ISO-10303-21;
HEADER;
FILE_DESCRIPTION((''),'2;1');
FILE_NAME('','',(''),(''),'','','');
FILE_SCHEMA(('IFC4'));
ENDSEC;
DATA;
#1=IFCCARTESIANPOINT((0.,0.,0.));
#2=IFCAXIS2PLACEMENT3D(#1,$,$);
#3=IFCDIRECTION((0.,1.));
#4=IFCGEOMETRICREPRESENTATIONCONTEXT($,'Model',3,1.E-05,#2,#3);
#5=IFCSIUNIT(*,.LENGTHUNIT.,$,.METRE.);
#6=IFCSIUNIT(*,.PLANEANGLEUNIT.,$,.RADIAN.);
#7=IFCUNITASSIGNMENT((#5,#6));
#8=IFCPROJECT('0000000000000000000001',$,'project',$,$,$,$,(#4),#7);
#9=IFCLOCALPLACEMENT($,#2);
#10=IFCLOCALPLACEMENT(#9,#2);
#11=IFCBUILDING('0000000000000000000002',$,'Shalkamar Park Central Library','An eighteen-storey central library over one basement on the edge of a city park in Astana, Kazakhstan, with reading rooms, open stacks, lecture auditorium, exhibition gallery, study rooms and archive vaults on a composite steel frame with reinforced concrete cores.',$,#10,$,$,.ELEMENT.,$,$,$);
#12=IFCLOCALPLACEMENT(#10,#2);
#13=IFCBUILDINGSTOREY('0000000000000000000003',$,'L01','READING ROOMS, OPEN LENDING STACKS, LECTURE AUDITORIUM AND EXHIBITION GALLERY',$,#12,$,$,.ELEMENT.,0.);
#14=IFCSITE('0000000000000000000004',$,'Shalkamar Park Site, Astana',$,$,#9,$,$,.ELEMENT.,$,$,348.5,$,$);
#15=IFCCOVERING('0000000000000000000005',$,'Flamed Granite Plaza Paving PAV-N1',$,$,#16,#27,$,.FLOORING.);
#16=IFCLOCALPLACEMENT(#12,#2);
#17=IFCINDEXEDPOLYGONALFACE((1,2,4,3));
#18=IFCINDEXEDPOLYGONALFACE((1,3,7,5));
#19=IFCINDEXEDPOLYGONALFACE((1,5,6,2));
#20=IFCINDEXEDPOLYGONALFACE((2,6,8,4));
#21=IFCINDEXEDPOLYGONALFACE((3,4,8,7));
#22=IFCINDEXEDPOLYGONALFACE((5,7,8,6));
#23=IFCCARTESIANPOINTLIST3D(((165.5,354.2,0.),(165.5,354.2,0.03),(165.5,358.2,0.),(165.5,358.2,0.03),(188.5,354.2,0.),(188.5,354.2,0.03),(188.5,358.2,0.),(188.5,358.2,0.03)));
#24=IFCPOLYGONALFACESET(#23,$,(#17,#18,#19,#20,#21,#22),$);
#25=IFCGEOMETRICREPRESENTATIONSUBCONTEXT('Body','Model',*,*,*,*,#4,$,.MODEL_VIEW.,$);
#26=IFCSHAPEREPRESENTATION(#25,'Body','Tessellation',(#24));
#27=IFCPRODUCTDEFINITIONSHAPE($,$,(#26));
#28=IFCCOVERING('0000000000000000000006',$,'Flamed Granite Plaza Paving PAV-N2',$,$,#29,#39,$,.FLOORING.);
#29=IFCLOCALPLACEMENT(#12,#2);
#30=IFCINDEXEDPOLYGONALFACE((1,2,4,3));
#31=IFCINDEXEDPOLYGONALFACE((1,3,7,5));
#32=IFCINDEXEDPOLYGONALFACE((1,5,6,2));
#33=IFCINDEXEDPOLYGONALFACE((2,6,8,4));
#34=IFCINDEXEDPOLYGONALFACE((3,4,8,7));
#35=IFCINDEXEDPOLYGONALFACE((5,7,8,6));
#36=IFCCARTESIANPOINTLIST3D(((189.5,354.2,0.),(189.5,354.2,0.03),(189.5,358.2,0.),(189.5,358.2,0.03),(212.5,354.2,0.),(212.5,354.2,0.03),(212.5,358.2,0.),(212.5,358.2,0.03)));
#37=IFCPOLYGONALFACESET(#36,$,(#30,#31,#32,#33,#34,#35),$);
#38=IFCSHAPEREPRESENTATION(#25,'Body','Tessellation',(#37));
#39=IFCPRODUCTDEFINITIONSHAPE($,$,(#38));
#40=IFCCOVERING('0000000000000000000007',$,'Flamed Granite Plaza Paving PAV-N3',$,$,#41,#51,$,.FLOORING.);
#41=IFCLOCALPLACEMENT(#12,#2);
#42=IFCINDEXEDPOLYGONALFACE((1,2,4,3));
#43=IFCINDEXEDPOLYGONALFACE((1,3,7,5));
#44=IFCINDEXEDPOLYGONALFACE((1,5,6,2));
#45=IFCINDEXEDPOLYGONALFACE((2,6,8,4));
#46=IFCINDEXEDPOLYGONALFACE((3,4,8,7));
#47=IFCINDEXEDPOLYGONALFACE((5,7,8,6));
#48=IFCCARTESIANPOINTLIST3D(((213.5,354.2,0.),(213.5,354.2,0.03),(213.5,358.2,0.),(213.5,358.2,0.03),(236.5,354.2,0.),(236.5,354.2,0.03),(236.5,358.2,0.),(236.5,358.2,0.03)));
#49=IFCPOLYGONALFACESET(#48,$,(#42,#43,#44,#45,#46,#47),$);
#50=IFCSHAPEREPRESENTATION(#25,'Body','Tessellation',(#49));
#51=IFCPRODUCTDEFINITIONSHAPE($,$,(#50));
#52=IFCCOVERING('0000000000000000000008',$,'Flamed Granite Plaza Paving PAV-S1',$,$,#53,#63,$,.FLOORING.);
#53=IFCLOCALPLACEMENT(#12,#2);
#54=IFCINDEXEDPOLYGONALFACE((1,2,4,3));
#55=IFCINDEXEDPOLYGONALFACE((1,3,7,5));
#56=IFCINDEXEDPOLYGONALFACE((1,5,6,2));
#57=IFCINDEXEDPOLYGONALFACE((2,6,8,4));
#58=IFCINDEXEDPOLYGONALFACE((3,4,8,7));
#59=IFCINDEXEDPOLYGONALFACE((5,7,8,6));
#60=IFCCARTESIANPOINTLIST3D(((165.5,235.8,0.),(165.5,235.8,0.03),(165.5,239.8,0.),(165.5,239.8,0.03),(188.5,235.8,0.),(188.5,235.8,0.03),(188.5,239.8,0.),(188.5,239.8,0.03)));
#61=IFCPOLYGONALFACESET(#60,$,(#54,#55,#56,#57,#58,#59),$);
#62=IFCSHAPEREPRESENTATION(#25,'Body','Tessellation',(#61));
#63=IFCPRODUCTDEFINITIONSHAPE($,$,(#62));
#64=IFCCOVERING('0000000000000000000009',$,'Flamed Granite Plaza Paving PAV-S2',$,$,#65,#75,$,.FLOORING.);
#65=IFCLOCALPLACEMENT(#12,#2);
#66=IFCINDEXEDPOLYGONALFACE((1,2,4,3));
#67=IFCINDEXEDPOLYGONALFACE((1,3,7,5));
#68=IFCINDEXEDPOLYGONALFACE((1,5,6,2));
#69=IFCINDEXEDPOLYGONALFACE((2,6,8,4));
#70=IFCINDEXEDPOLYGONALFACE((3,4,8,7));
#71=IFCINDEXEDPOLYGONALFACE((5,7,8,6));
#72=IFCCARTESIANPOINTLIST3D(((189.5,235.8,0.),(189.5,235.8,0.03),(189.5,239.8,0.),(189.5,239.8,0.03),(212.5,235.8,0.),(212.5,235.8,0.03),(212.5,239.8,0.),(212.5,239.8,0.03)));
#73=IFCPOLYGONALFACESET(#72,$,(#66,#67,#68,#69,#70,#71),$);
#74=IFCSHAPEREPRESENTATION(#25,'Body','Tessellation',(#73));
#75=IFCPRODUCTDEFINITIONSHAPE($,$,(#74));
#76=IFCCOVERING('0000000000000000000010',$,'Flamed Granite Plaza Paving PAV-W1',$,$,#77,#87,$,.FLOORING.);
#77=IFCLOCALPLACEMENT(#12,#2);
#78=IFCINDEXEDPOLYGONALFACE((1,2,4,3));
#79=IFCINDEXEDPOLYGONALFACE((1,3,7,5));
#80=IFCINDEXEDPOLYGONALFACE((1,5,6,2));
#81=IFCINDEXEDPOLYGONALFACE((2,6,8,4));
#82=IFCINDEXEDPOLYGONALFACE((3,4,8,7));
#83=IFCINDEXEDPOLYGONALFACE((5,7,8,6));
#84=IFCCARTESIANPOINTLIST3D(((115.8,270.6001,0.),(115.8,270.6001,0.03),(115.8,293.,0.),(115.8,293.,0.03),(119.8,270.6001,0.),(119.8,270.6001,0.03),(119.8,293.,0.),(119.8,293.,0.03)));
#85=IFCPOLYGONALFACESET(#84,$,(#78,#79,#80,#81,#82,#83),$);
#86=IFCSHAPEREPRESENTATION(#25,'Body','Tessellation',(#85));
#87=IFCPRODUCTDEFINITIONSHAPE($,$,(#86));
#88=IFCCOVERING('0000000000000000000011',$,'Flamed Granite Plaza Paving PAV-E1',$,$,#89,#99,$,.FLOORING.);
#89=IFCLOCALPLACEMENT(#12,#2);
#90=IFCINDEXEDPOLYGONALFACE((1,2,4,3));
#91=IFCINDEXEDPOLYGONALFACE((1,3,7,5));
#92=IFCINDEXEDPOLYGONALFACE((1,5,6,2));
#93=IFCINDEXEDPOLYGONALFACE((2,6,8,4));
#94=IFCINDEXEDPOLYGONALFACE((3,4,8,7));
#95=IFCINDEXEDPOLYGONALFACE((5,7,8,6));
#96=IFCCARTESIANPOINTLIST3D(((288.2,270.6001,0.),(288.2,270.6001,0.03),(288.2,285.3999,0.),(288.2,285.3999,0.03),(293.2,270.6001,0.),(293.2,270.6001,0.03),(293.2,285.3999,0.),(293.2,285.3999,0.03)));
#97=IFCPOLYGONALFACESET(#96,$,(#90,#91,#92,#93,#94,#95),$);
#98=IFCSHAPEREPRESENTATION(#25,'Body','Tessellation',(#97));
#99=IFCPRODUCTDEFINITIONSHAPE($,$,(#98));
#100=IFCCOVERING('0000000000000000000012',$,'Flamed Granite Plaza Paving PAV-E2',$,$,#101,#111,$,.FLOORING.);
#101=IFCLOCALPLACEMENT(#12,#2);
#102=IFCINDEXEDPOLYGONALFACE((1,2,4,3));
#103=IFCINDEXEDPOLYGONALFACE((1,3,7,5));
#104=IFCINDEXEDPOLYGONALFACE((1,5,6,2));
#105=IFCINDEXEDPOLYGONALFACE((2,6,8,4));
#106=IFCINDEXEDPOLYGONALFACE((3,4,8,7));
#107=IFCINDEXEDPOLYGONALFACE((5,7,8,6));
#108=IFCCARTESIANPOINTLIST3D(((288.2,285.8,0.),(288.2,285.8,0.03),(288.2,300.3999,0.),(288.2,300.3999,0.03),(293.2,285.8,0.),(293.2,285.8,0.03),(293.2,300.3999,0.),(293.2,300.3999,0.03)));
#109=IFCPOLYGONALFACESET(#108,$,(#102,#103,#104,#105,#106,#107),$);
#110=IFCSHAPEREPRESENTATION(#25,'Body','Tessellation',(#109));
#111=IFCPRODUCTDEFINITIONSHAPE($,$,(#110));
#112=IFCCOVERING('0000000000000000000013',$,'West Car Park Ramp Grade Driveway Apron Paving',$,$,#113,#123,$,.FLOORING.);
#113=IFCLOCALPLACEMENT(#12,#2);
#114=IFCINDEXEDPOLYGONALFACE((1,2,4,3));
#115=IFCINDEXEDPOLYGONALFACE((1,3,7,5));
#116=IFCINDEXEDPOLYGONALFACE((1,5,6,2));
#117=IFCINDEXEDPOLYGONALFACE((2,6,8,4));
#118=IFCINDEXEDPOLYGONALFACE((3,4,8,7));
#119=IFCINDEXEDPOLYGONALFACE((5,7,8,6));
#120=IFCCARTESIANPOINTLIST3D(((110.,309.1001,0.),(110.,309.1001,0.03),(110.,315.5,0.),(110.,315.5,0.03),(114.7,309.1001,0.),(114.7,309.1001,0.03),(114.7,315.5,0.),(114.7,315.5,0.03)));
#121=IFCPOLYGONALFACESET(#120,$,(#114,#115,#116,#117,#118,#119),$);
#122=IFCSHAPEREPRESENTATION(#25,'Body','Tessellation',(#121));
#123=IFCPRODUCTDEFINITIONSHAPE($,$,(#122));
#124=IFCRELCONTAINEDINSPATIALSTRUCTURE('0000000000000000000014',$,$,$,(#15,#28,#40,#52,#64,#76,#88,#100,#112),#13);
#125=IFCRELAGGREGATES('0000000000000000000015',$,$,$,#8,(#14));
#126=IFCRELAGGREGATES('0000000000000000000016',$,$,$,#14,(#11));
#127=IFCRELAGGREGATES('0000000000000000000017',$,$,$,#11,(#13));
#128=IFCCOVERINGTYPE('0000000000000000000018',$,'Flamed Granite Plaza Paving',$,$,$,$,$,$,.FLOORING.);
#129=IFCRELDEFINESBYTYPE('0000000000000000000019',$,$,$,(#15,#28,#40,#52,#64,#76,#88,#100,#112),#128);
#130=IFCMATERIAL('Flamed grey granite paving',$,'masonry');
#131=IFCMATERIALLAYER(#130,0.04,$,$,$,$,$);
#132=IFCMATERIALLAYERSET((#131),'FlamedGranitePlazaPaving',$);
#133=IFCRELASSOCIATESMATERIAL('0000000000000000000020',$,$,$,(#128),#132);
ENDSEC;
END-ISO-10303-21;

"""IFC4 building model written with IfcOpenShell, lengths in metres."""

from ifc_helpers import new_model, si_unit, direction, origin, place, context, subcontext, project, spatial, polyline, outline, extrude, material, layer, layer_set, type_object, element, save


model = new_model("IFC4")

# Units and contexts
model_context = context("Model", 3, precision=1e-05, world=origin(), true_north=direction((0.0, 1.0)))
body_context = subcontext(model_context, "Body", "Model", "MODEL_VIEW")
ifc_project = project(units=[si_unit("LENGTHUNIT", "METRE"), si_unit("PLANEANGLEUNIT", "RADIAN")], contexts=[model_context])

# Site, building, storey
site_placement = place(None, origin())
site = spatial("IfcSite", under=ifc_project, at=site_placement, Name="Shalkamar Park Site, Astana", CompositionType="ELEMENT", RefElevation=348.5)
building_placement = place(site_placement, origin())
building = spatial("IfcBuilding", under=site, at=building_placement, Name="Shalkamar Park Central Library", Description="An eighteen-storey central library over one basement on the edge of a city park in Astana, Kazakhstan, with reading rooms, open stacks, lecture auditorium, exhibition gallery, study rooms and archive vaults on a composite steel frame with reinforced concrete cores.", CompositionType="ELEMENT")
storey_placement = place(building_placement, origin())
storey = spatial("IfcBuildingStorey", under=building, at=storey_placement, Name="L01", Description="READING ROOMS, OPEN LENDING STACKS, LECTURE AUDITORIUM AND EXHIBITION GALLERY", CompositionType="ELEMENT", Elevation=0.0)

# Coverings
ifc_material_1 = material(Name="Flamed grey granite paving", Category="masonry")
ifc_layer_1 = layer(ifc_material_1, 0.04)
ifc_layer_set_1 = layer_set([ifc_layer_1], Name="FlamedGranitePlazaPaving")
covering_type = type_object("IfcCoveringType", Name="Flamed Granite Plaza Paving", PredefinedType="FLOORING", material=ifc_layer_set_1)
covering_1_placement = place(storey_placement, origin())
element("IfcCovering", 1, at=covering_1_placement, inside=storey, type_object=covering_type, Name="Flamed Granite Plaza Paving PAV-N1", PredefinedType="FLOORING", context=body_context, shape_type="SweptSolid", body=[
    extrude(outline(polyline([(165.5, 354.2), (188.5, 354.2), (188.5, 358.2), (165.5, 358.2), (165.5, 354.2)])), origin(), (0.0, 0.0, 1.0), 0.03),
])
covering_2_placement = place(storey_placement, origin())
element("IfcCovering", 2, at=covering_2_placement, inside=storey, type_object=covering_type, Name="Flamed Granite Plaza Paving PAV-N2", PredefinedType="FLOORING", context=body_context, shape_type="SweptSolid", body=[
    extrude(outline(polyline([(189.5, 354.2), (212.5, 354.2), (212.5, 358.2), (189.5, 358.2), (189.5, 354.2)])), origin(), (0.0, 0.0, 1.0), 0.03),
])
covering_3_placement = place(storey_placement, origin())
element("IfcCovering", 3, at=covering_3_placement, inside=storey, type_object=covering_type, Name="Flamed Granite Plaza Paving PAV-N3", PredefinedType="FLOORING", context=body_context, shape_type="SweptSolid", body=[
    extrude(outline(polyline([(213.5, 354.2), (236.5, 354.2), (236.5, 358.2), (213.5, 358.2), (213.5, 354.2)])), origin(), (0.0, 0.0, 1.0), 0.03),
])
covering_4_placement = place(storey_placement, origin())
element("IfcCovering", 4, at=covering_4_placement, inside=storey, type_object=covering_type, Name="Flamed Granite Plaza Paving PAV-S1", PredefinedType="FLOORING", context=body_context, shape_type="SweptSolid", body=[
    extrude(outline(polyline([(165.5, 235.8), (188.5, 235.8), (188.5, 239.8), (165.5, 239.8), (165.5, 235.8)])), origin(), (0.0, 0.0, 1.0), 0.03),
])
covering_5_placement = place(storey_placement, origin())
element("IfcCovering", 5, at=covering_5_placement, inside=storey, type_object=covering_type, Name="Flamed Granite Plaza Paving PAV-S2", PredefinedType="FLOORING", context=body_context, shape_type="SweptSolid", body=[
    extrude(outline(polyline([(189.5, 235.8), (212.5, 235.8), (212.5, 239.8), (189.5, 239.8), (189.5, 235.8)])), origin(), (0.0, 0.0, 1.0), 0.03),
])
covering_6_placement = place(storey_placement, origin())
element("IfcCovering", 6, at=covering_6_placement, inside=storey, type_object=covering_type, Name="Flamed Granite Plaza Paving PAV-W1", PredefinedType="FLOORING", context=body_context, shape_type="SweptSolid", body=[
    extrude(outline(polyline([(115.8, 270.6001), (119.8, 270.6001), (119.8, 293.0), (115.8, 293.0), (115.8, 270.6001)])), origin(), (0.0, 0.0, 1.0), 0.03),
])
covering_7_placement = place(storey_placement, origin())
element("IfcCovering", 7, at=covering_7_placement, inside=storey, type_object=covering_type, Name="Flamed Granite Plaza Paving PAV-E1", PredefinedType="FLOORING", context=body_context, shape_type="SweptSolid", body=[
    extrude(outline(polyline([(288.2, 270.6001), (293.2, 270.6001), (293.2, 285.3999), (288.2, 285.3999), (288.2, 270.6001)])), origin(), (0.0, 0.0, 1.0), 0.03),
])
covering_8_placement = place(storey_placement, origin())
element("IfcCovering", 8, at=covering_8_placement, inside=storey, type_object=covering_type, Name="Flamed Granite Plaza Paving PAV-E2", PredefinedType="FLOORING", context=body_context, shape_type="SweptSolid", body=[
    extrude(outline(polyline([(288.2, 285.8), (293.2, 285.8), (293.2, 300.3999), (288.2, 300.3999), (288.2, 285.8)])), origin(), (0.0, 0.0, 1.0), 0.03),
])
covering_9_placement = place(storey_placement, origin())
element("IfcCovering", 9, at=covering_9_placement, inside=storey, type_object=covering_type, Name="West Car Park Ramp Grade Driveway Apron Paving", PredefinedType="FLOORING", context=body_context, shape_type="SweptSolid", body=[
    extrude(outline(polyline([(110.0, 309.1001), (114.7, 309.1001), (114.7, 315.5), (110.0, 315.5), (110.0, 309.1001)])), origin(), (0.0, 0.0, 1.0), 0.03),
])

save(model, "model.ifc")
